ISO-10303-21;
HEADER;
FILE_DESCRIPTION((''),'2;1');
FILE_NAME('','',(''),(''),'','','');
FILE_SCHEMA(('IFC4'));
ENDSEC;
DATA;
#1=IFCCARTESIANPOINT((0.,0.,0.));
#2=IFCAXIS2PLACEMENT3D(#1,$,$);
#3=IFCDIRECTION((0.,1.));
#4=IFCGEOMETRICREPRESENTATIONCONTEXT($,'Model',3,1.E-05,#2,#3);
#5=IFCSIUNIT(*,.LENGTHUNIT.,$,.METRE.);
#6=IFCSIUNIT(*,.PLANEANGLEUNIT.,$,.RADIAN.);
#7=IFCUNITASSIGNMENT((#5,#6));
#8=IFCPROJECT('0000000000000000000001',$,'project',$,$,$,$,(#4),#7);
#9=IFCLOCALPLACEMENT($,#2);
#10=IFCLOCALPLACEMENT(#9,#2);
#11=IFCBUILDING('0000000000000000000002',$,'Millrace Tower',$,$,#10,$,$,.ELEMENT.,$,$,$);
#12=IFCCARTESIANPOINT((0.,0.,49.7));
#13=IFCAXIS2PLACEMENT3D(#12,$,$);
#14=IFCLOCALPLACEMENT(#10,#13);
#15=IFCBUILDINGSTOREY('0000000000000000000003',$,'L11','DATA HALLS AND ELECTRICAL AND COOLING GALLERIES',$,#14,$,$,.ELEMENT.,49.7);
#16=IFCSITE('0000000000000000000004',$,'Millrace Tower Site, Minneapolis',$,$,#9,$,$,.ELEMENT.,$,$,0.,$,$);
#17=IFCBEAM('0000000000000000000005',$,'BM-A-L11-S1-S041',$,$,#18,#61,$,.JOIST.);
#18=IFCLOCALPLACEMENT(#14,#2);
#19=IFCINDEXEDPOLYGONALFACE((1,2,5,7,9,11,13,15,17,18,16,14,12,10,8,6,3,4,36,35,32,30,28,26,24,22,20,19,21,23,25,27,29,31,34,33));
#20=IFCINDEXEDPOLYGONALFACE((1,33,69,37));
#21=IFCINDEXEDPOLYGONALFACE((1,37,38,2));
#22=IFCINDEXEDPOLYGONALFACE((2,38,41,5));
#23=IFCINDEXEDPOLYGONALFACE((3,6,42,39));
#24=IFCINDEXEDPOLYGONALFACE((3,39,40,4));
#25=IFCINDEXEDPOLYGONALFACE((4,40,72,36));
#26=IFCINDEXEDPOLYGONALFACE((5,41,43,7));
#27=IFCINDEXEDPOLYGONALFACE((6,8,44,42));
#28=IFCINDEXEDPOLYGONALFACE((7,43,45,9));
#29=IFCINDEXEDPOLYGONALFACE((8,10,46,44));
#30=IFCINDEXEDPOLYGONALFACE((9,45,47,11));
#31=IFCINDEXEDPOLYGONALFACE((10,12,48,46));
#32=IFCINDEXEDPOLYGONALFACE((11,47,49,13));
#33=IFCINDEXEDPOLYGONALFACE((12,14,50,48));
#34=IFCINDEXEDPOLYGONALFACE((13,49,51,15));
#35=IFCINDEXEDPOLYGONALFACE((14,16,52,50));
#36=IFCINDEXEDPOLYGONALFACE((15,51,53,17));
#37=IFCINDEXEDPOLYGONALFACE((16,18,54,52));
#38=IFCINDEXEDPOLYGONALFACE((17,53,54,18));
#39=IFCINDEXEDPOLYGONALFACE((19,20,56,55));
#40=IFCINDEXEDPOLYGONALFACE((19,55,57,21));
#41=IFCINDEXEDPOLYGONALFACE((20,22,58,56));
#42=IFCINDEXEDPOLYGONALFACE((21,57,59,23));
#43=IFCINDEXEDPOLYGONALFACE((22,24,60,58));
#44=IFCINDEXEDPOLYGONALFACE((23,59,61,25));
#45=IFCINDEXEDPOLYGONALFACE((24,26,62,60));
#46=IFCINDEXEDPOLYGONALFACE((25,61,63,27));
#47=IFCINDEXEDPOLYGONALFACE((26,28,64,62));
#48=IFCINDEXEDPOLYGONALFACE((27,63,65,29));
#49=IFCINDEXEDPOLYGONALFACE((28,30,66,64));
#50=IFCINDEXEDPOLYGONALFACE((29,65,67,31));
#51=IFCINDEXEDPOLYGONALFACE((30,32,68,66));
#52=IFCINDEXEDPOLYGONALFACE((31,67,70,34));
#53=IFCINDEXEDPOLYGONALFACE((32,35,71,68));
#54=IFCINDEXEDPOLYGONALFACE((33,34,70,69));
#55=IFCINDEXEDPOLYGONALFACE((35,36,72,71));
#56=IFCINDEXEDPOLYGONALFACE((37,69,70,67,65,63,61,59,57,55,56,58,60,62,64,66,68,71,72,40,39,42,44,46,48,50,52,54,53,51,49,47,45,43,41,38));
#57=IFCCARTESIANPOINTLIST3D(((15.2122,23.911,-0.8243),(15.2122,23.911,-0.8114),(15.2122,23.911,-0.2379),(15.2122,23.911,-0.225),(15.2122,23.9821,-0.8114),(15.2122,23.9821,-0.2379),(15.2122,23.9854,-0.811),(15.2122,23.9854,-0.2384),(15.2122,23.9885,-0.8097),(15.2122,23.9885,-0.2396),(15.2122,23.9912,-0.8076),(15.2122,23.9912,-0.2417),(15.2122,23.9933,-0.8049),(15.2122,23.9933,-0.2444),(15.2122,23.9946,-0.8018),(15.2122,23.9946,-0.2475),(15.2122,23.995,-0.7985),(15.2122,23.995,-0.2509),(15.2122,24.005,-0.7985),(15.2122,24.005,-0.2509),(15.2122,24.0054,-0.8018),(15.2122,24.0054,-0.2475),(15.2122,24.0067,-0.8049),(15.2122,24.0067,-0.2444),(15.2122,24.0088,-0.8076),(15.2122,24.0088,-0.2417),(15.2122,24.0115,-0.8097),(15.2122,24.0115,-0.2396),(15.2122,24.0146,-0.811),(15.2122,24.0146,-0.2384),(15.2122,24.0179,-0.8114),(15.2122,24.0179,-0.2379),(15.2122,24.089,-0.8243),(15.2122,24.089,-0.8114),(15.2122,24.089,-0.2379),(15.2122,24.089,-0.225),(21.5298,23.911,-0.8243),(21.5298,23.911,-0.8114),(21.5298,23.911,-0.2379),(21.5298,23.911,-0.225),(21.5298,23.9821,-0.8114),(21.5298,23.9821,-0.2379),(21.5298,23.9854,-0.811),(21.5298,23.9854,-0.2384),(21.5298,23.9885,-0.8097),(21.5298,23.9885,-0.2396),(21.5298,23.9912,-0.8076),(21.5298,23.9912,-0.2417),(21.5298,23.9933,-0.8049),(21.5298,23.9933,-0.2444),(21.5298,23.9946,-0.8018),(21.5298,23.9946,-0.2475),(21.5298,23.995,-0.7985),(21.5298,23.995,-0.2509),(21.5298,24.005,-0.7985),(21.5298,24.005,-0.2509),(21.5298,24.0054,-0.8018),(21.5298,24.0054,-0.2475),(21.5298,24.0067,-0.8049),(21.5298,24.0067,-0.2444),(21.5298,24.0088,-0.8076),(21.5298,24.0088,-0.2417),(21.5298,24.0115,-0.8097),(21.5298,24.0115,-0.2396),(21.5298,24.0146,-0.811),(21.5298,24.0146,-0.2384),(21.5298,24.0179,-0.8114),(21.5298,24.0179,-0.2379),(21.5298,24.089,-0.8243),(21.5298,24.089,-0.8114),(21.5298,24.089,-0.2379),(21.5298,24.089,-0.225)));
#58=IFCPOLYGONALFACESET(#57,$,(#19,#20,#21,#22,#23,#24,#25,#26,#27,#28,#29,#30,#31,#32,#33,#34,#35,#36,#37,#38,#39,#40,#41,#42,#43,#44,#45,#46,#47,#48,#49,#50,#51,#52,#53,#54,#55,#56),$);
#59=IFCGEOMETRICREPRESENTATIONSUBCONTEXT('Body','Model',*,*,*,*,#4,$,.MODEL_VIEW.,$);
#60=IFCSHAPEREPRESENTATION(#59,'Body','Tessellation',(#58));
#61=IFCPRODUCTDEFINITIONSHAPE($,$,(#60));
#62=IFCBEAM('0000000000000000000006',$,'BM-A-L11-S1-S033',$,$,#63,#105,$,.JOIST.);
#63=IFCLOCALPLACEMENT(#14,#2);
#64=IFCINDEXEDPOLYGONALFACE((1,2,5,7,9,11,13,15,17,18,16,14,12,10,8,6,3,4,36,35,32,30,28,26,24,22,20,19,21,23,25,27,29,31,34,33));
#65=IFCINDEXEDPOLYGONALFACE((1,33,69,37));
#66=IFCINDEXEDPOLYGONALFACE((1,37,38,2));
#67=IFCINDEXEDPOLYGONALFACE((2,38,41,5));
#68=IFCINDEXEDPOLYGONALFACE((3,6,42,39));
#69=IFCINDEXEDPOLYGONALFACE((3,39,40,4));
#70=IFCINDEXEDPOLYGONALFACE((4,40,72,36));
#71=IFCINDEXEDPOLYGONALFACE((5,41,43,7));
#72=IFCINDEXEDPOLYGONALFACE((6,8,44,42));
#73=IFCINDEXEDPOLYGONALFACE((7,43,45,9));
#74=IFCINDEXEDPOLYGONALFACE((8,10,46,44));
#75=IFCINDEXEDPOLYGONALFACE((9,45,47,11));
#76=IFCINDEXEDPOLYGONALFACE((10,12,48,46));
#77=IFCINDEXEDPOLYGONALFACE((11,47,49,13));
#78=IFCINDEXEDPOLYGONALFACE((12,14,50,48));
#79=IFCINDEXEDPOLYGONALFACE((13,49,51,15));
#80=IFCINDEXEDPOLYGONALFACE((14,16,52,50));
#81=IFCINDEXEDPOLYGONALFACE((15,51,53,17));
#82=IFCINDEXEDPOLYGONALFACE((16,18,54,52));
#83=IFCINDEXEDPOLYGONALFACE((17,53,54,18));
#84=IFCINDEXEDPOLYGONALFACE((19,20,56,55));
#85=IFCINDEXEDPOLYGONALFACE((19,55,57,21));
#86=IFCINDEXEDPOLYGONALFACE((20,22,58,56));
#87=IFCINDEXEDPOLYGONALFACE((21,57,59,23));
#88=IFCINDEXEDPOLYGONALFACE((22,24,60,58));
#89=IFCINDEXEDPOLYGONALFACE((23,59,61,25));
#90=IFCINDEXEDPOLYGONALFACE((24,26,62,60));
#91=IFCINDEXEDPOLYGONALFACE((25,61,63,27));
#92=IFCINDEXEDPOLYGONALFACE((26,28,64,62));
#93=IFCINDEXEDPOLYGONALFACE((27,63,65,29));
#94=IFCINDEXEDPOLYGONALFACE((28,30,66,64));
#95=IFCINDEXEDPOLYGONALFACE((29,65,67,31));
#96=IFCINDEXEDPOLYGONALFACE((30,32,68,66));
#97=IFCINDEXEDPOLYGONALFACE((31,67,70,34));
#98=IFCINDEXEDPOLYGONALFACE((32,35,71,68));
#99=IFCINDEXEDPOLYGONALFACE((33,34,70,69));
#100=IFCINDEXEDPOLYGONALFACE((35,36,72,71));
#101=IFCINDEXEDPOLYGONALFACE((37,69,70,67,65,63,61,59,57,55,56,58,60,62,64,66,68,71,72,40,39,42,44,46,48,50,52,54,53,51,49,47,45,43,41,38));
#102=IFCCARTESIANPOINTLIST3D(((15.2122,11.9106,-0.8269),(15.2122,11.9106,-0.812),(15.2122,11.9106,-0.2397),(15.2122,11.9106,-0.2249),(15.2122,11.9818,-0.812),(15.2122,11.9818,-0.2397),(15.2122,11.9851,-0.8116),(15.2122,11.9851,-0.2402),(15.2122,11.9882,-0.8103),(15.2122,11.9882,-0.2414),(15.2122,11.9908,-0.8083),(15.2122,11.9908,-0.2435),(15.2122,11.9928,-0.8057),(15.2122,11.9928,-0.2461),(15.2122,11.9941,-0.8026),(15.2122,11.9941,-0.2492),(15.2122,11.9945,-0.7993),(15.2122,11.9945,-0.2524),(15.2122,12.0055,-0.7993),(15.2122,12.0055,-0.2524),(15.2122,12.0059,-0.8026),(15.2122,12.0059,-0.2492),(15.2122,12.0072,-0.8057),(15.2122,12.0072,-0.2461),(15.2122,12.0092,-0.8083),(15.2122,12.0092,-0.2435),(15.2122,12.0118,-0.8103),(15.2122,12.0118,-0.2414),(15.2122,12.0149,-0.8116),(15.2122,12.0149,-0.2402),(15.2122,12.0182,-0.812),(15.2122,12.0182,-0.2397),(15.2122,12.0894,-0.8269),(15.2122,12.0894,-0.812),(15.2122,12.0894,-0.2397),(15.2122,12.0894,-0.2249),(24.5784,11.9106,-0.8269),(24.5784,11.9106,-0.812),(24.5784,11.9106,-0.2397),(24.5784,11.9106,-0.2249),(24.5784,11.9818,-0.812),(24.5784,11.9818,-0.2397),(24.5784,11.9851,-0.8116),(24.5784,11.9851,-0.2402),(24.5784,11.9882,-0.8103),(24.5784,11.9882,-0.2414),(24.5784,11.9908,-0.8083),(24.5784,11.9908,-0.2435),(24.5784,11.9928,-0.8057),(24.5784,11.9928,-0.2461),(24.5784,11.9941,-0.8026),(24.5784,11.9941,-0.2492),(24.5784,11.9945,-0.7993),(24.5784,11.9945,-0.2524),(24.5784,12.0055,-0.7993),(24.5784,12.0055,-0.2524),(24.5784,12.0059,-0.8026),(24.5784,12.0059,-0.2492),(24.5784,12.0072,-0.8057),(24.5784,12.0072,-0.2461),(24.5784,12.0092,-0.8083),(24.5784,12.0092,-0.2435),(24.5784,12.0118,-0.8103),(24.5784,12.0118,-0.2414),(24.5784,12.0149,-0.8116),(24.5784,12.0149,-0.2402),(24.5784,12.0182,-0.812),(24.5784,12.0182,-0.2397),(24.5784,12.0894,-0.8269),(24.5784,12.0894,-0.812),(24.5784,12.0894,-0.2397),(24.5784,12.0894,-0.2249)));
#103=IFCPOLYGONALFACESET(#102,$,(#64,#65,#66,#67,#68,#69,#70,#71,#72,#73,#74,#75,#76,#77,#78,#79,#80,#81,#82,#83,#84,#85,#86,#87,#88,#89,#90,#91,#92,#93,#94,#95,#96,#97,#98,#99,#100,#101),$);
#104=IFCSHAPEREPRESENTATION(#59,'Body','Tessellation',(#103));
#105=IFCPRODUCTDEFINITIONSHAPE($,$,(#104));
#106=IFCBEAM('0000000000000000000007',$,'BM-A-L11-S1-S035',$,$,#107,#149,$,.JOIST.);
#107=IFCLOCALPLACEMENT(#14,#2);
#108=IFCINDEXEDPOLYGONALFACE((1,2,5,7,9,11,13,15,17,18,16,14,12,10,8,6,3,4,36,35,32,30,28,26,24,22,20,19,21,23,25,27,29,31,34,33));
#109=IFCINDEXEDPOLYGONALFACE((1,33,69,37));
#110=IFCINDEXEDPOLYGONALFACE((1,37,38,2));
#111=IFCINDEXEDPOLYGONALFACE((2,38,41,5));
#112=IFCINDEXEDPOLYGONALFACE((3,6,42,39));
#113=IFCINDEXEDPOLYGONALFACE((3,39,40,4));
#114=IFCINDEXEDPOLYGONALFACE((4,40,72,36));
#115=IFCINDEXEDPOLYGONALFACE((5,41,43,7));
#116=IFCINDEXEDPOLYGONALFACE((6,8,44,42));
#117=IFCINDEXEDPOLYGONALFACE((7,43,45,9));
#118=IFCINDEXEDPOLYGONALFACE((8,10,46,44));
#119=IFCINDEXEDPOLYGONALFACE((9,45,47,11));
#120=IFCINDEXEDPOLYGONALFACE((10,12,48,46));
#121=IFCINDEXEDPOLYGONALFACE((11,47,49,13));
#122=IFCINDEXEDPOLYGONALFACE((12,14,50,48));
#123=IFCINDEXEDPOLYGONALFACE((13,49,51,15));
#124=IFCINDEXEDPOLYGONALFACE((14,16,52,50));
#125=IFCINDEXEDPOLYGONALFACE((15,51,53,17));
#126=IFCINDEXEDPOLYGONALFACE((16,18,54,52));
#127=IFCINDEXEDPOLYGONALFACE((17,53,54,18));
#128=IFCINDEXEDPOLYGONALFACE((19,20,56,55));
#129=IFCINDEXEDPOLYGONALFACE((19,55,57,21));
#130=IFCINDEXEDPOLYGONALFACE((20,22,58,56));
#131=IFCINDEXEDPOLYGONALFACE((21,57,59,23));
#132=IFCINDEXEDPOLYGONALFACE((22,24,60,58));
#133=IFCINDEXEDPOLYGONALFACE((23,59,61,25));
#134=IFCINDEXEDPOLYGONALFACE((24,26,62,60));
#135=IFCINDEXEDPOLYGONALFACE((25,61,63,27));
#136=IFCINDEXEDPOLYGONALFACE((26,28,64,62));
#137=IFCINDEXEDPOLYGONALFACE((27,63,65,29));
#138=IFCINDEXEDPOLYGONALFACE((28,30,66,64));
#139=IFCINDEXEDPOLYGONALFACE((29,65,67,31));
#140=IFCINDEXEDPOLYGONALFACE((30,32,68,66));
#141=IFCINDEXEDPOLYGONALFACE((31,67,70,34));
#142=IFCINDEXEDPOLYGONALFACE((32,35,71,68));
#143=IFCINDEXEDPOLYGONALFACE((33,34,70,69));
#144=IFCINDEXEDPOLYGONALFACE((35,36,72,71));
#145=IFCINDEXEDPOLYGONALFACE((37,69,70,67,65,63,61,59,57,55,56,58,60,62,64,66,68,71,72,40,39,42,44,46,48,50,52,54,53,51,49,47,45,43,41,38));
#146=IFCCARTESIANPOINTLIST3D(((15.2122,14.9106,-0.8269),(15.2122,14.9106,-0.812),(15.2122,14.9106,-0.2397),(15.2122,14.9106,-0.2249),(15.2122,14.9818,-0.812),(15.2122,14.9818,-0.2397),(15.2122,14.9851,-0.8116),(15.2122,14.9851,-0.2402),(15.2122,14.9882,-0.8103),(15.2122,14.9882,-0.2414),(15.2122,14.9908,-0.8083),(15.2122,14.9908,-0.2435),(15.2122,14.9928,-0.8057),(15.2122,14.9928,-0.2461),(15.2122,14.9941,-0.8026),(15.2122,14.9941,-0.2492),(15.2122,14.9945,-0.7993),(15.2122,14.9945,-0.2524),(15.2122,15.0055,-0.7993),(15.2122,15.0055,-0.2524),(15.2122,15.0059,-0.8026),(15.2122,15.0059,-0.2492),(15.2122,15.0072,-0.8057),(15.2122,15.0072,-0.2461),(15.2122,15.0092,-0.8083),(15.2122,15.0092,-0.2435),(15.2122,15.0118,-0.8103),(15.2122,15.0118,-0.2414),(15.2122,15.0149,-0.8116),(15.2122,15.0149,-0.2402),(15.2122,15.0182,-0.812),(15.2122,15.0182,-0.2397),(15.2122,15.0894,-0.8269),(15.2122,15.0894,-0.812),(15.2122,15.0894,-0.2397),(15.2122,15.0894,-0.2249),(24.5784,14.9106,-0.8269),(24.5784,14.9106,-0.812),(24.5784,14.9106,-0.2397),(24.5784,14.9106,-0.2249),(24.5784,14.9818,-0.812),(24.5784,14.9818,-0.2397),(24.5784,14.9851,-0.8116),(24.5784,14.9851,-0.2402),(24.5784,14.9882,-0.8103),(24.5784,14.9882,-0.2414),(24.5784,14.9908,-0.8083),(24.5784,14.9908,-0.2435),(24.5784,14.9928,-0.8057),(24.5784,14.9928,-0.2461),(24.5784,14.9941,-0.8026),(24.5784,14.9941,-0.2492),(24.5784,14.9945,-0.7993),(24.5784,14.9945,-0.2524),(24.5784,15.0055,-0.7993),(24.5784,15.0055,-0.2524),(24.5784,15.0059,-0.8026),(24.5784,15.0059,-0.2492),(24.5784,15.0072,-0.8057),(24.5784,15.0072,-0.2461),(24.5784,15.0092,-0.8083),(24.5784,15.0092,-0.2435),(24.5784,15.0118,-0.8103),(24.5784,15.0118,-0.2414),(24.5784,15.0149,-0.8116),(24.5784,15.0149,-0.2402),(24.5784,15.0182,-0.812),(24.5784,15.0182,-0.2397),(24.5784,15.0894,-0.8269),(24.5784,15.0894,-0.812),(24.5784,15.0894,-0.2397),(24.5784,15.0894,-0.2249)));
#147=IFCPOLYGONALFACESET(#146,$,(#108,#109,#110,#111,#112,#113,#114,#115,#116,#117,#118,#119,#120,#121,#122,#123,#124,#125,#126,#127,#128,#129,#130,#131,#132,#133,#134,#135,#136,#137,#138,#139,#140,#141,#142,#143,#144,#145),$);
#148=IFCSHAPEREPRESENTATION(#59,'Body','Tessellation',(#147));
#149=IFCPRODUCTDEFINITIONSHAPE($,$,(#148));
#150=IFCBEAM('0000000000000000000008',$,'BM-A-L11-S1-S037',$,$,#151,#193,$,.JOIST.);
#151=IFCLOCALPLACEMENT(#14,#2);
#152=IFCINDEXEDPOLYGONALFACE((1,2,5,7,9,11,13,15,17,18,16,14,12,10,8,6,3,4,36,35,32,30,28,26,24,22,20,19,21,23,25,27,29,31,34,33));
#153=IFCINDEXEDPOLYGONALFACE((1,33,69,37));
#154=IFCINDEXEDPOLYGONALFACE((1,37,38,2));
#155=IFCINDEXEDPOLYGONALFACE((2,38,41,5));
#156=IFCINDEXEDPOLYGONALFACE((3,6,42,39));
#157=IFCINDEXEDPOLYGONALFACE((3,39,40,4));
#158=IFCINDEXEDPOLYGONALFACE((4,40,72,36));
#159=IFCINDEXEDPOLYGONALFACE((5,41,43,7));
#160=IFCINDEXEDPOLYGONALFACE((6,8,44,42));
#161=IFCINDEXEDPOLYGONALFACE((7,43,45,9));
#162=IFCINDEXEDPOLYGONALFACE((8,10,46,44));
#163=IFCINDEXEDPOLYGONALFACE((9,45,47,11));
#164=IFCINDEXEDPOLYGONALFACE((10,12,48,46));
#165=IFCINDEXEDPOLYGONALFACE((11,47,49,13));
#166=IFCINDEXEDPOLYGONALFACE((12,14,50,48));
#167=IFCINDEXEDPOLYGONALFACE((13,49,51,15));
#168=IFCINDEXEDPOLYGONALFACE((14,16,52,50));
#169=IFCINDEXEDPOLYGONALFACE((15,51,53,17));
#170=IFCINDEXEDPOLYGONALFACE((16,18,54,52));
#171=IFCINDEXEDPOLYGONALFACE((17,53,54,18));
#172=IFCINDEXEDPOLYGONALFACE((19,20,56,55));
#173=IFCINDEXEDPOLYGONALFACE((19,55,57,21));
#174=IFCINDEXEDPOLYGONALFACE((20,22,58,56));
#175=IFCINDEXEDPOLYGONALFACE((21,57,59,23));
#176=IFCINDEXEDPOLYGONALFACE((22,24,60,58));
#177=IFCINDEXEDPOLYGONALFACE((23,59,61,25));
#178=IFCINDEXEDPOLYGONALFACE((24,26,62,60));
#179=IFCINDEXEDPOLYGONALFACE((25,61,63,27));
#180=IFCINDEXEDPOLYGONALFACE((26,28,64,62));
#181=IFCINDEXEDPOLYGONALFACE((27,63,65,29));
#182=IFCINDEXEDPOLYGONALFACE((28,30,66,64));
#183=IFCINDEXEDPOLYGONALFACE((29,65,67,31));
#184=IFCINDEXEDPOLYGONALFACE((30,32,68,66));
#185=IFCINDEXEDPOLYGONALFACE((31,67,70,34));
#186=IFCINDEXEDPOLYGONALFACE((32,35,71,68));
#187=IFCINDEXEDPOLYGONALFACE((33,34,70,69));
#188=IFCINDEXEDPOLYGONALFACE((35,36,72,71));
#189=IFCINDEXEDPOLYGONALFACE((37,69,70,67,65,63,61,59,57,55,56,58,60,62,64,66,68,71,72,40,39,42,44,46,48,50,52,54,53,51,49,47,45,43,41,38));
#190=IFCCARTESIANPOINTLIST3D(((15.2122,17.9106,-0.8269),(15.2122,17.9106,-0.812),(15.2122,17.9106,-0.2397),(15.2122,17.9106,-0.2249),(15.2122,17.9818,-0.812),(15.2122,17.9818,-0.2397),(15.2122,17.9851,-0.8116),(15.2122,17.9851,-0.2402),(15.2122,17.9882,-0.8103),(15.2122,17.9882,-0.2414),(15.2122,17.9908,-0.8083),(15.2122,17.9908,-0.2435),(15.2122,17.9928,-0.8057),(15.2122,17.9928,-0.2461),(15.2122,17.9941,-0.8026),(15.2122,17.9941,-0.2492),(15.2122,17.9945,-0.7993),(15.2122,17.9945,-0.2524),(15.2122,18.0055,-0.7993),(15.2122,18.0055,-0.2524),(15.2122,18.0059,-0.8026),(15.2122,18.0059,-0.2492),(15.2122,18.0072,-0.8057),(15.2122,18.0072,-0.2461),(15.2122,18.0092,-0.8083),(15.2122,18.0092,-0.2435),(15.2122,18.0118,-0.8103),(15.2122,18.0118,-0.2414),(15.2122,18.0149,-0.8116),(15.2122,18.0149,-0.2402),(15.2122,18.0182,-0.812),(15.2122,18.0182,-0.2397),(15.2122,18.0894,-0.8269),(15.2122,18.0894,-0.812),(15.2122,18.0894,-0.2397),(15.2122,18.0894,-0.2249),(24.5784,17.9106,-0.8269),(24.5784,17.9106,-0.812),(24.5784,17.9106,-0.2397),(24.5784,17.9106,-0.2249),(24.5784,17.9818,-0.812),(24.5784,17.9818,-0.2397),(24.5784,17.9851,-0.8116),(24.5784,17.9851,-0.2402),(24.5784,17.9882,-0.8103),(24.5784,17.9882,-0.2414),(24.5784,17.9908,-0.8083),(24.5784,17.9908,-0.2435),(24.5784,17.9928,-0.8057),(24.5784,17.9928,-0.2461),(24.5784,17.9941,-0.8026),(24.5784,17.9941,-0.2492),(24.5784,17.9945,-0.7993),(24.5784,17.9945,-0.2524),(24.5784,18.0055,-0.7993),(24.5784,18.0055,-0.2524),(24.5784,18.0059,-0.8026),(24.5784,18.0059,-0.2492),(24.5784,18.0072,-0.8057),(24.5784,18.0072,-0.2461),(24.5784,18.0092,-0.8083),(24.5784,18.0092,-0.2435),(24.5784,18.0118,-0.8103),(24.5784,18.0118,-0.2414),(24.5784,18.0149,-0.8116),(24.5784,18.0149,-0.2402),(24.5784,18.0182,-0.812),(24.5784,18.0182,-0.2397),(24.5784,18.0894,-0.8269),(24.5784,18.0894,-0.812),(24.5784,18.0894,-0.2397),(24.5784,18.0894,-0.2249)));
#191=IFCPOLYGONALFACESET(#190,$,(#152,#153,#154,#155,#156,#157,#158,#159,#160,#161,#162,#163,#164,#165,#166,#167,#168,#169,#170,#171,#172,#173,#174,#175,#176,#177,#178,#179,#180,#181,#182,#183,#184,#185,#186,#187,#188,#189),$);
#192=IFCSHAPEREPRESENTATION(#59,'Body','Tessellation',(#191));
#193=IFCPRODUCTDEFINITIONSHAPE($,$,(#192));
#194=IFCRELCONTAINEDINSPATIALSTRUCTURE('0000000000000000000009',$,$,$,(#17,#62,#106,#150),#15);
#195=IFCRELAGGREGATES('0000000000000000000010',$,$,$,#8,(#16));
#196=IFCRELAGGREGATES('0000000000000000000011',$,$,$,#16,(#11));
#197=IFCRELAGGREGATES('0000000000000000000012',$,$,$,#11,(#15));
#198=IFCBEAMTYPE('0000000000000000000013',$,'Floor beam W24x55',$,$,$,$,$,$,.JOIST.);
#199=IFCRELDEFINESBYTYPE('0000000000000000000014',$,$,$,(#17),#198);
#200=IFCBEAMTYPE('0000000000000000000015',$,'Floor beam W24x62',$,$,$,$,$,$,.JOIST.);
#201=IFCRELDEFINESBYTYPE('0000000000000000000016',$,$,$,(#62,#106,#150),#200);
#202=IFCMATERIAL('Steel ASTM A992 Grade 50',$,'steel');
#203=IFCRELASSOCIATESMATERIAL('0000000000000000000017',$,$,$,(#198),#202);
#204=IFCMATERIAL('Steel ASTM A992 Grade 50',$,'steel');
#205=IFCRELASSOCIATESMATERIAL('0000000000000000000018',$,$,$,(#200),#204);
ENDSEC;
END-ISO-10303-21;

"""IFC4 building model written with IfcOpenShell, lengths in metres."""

from ifc_helpers import new_model, si_unit, direction, frame, origin, origin_2d, place, context, subcontext, project, spatial, i_section, extrude, material, material_profile, profile_set, type_object, element, save


model = new_model("IFC4")

# Units and contexts
model_context = context("Model", 3, precision=1e-05, world=origin(), true_north=direction((0.0, 1.0)))
body_context = subcontext(model_context, "Body", "Model", "MODEL_VIEW")
ifc_project = project(units=[si_unit("LENGTHUNIT", "METRE"), si_unit("PLANEANGLEUNIT", "RADIAN")], contexts=[model_context])

# Site, building, storey
site_placement = place(None, origin())
site = spatial("IfcSite", under=ifc_project, at=site_placement, Name="Millrace Tower Site, Minneapolis", CompositionType="ELEMENT", RefElevation=0.0)
building_placement = place(site_placement, origin())
building = spatial("IfcBuilding", under=site, at=building_placement, Name="Millrace Tower", CompositionType="ELEMENT")
storey_placement = place(building_placement, frame((0.0, 0.0, 49.7)))
storey = spatial("IfcBuildingStorey", under=building, at=storey_placement, Name="L11", Description="DATA HALLS AND ELECTRICAL AND COOLING GALLERIES", CompositionType="ELEMENT", Elevation=49.7)

# Beams
ifc_material_1 = material(Name="Steel ASTM A992 Grade 50", Category="steel")
ifc_material_profile_1 = material_profile(ifc_material_1, i_section(OverallWidth=0.178, OverallDepth=0.5994, WebThickness=0.01, FlangeThickness=0.0129, FilletRadius=0.0129, at=origin_2d()))
ifc_profile_set_1 = profile_set([ifc_material_profile_1], Name="Steel ASTM A992 Grade 50")
beam_type_1 = type_object("IfcBeamType", Name="Floor beam W24x55", PredefinedType="JOIST", material=ifc_profile_set_1)
beam_1_placement = place(storey_placement, frame((15.2122, 24.0, -0.5247), z_axis=(1.0, 0.0, 0.0), x_axis=(0.0, 1.0, 0.0)))
element("IfcBeam", 1, at=beam_1_placement, inside=storey, type_object=beam_type_1, Name="BM-A-L11-S1-S041", PredefinedType="JOIST", context=body_context, shape_type="SweptSolid", body=[
    extrude(i_section(OverallWidth=0.178, OverallDepth=0.5994, WebThickness=0.01, FlangeThickness=0.0129, FilletRadius=0.0129, at=origin_2d()), origin(), (0.0, 0.0, 1.0), 6.3176),
])
ifc_material_2 = material(Name="Steel ASTM A992 Grade 50", Category="steel")
ifc_material_profile_2 = material_profile(ifc_material_2, i_section(OverallWidth=0.1787, OverallDepth=0.6021, WebThickness=0.011, FlangeThickness=0.0149, FilletRadius=0.0127, at=origin_2d()))
ifc_profile_set_2 = profile_set([ifc_material_profile_2], Name="Steel ASTM A992 Grade 50")
beam_type_2 = type_object("IfcBeamType", Name="Floor beam W24x62", PredefinedType="JOIST", material=ifc_profile_set_2)
for number, where, z_axis, x_axis, name in (
    (2, (15.2122, 12.0, -0.5259), (1.0, 0.0, 0.0), (0.0, 1.0, 0.0), "BM-A-L11-S1-S033"),
    (3, (15.2122, 15.0, -0.5259), (1.0, 0.0, 0.0), (0.0, 1.0, 0.0), "BM-A-L11-S1-S035"),
    (4, (15.2122, 18.0, -0.5259), (1.0, 0.0, 0.0), (0.0, 1.0, 0.0), "BM-A-L11-S1-S037"),
):
    element("IfcBeam", number, at=place(storey_placement, frame(where, z_axis=z_axis, x_axis=x_axis)), inside=storey, type_object=beam_type_2, Name=name, PredefinedType="JOIST", context=body_context, shape_type="SweptSolid", body=[
        extrude(i_section(OverallWidth=0.1787, OverallDepth=0.6021, WebThickness=0.011, FlangeThickness=0.0149, FilletRadius=0.0127, at=origin_2d()), origin(), (0.0, 0.0, 1.0), 9.3662),
    ])

save(model, "model.ifc")
